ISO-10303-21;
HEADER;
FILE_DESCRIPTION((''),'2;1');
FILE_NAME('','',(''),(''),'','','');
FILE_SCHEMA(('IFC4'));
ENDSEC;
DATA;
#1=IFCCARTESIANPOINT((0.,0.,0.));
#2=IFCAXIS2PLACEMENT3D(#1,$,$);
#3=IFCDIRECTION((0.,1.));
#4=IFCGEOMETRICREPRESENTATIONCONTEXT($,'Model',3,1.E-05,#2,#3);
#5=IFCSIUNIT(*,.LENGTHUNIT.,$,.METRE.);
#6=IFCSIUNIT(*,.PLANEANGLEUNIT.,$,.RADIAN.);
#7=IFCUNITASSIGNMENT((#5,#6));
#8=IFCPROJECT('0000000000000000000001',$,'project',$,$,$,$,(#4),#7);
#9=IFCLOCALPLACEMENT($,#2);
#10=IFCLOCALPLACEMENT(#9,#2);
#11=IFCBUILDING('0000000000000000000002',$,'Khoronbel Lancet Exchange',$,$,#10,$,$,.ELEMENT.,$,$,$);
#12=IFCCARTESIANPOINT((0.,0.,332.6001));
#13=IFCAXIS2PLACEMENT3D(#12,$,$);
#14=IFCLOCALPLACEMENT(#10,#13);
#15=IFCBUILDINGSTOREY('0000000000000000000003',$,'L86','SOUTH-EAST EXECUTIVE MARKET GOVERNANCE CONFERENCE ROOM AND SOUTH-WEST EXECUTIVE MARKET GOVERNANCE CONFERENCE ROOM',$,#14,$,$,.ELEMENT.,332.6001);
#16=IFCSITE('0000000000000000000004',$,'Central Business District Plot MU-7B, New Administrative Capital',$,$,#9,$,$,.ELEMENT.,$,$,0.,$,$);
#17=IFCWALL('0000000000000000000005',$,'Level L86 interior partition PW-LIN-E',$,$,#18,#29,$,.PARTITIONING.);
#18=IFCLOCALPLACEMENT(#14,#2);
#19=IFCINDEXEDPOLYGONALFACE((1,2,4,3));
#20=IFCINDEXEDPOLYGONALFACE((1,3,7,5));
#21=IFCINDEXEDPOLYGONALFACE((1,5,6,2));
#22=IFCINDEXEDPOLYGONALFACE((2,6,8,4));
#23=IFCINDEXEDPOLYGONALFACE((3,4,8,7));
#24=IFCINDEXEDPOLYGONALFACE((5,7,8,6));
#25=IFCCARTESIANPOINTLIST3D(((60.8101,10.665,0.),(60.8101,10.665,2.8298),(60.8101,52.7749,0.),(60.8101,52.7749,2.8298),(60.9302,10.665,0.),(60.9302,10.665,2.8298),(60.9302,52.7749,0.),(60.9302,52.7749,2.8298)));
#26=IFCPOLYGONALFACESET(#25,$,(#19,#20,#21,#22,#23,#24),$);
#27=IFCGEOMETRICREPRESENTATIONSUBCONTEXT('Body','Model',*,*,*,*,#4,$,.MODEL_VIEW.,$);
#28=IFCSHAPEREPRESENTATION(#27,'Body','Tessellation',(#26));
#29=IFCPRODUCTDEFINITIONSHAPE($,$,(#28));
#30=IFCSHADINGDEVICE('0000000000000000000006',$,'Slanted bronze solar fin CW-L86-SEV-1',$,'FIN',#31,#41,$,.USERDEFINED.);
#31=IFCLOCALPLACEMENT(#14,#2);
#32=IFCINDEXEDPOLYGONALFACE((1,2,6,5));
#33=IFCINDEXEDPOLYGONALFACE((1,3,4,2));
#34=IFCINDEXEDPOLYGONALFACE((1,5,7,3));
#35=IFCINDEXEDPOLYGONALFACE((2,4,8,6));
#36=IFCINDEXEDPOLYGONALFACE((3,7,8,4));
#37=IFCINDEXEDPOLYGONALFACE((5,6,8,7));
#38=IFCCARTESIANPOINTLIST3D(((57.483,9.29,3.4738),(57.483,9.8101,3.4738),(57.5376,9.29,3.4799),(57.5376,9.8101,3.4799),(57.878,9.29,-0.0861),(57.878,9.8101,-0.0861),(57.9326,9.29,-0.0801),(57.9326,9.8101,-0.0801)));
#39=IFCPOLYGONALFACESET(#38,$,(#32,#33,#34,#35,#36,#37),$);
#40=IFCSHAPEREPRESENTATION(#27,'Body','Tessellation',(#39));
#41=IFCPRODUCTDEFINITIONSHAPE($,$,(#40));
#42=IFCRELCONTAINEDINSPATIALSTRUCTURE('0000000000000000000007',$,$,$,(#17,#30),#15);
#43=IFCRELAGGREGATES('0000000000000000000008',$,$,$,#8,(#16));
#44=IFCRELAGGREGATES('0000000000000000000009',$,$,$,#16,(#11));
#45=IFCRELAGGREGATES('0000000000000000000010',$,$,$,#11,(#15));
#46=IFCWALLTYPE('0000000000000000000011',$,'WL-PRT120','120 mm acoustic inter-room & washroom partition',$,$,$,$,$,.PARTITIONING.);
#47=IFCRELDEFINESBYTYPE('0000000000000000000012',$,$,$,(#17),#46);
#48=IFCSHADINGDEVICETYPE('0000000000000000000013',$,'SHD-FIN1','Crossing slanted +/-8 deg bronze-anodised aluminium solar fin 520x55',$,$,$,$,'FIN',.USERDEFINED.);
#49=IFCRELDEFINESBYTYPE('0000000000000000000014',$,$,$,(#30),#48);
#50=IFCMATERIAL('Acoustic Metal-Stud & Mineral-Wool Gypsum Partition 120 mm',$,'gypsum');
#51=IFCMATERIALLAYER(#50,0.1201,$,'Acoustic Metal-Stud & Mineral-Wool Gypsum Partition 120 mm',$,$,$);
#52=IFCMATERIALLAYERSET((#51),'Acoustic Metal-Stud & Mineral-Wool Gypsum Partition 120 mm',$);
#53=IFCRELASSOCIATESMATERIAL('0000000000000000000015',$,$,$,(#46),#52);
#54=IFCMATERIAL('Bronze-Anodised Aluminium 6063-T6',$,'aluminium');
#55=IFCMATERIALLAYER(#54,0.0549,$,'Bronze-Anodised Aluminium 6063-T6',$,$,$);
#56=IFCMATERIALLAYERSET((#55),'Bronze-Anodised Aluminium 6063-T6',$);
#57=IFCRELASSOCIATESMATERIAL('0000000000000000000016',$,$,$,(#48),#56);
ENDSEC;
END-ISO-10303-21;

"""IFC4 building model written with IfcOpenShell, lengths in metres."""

from ifc_helpers import new_model, si_unit, direction, frame, frame_2d, origin, place, context, subcontext, project, spatial, polyline, rectangle, outline, extrude, material, layer, layer_set, type_object, element, save


model = new_model("IFC4")

# Units and contexts
model_context = context("Model", 3, precision=1e-05, world=origin(), true_north=direction((0.0, 1.0)))
body_context = subcontext(model_context, "Body", "Model", "MODEL_VIEW")
ifc_project = project(units=[si_unit("LENGTHUNIT", "METRE"), si_unit("PLANEANGLEUNIT", "RADIAN")], contexts=[model_context])

# Site, building, storey
site_placement = place(None, origin())
site = spatial("IfcSite", under=ifc_project, at=site_placement, Name="Central Business District Plot MU-7B, New Administrative Capital", CompositionType="ELEMENT", RefElevation=0.0)
building_placement = place(site_placement, origin())
building = spatial("IfcBuilding", under=site, at=building_placement, Name="Khoronbel Lancet Exchange", CompositionType="ELEMENT")
storey_placement = place(building_placement, frame((0.0, 0.0, 332.6001)))
storey = spatial("IfcBuildingStorey", under=building, at=storey_placement, Name="L86", Description="SOUTH-EAST EXECUTIVE MARKET GOVERNANCE CONFERENCE ROOM AND SOUTH-WEST EXECUTIVE MARKET GOVERNANCE CONFERENCE ROOM", CompositionType="ELEMENT", Elevation=332.6001)

# Shared definitions
ifc_material_1 = material(Name="Bronze-Anodised Aluminium 6063-T6", Category="aluminium")

# Wall
ifc_material_2 = material(Name="Acoustic Metal-Stud & Mineral-Wool Gypsum Partition 120 mm", Category="gypsum")
ifc_layer_1 = layer(ifc_material_2, 0.1201, Name="Acoustic Metal-Stud & Mineral-Wool Gypsum Partition 120 mm")
ifc_layer_set_1 = layer_set([ifc_layer_1], Name="Acoustic Metal-Stud & Mineral-Wool Gypsum Partition 120 mm")
wall_type_1 = type_object("IfcWallType", Name="WL-PRT120", Description="120 mm acoustic inter-room & washroom partition", PredefinedType="PARTITIONING", material=ifc_layer_set_1)
wall_1_placement = place(storey_placement, frame((60.8701, 10.665, 0.0), z_axis=(0.0, 0.0, 1.0), x_axis=(0.0, 1.0, 0.0)))
element("IfcWall", 1, at=wall_1_placement, inside=storey, type_object=wall_type_1, Name="Level L86 interior partition PW-LIN-E", PredefinedType="PARTITIONING", context=body_context, shape_type="SweptSolid", body=[
    extrude(rectangle(XDim=42.1099, YDim=0.1201, at=frame_2d((21.0549, 0.0))), origin(), (0.0, 0.0, 1.0), 2.8298),
])

# Shading device
ifc_layer_2 = layer(ifc_material_1, 0.0549, Name="Bronze-Anodised Aluminium 6063-T6")
ifc_layer_set_2 = layer_set([ifc_layer_2], Name="Bronze-Anodised Aluminium 6063-T6")
shading_device_type = type_object("IfcShadingDeviceType", Name="SHD-FIN1", Description="Crossing slanted +/-8 deg bronze-anodised aluminium solar fin 520x55", ElementType="FIN", PredefinedType="USERDEFINED", material=ifc_layer_set_2)
shading_device_placement = place(storey_placement, frame((57.9326, 9.8101, -0.0801), z_axis=(0.9939, 0.0, 0.110282), x_axis=(0.0, -1.0, 0.0)))
element("IfcShadingDevice", 2, at=shading_device_placement, inside=storey, type_object=shading_device_type, Name="Slanted bronze solar fin CW-L86-SEV-1", ObjectType="FIN", PredefinedType="USERDEFINED", context=body_context, shape_type="SweptSolid", body=[
    extrude(outline(polyline([(0.0, 0.0), (0.52, 0.0), (0.52, -3.5818), (0.0, -3.5818), (0.0, 0.0)])), origin(), (0.0, 0.0, -1.0), 0.0549),
])

save(model, "model.ifc")
